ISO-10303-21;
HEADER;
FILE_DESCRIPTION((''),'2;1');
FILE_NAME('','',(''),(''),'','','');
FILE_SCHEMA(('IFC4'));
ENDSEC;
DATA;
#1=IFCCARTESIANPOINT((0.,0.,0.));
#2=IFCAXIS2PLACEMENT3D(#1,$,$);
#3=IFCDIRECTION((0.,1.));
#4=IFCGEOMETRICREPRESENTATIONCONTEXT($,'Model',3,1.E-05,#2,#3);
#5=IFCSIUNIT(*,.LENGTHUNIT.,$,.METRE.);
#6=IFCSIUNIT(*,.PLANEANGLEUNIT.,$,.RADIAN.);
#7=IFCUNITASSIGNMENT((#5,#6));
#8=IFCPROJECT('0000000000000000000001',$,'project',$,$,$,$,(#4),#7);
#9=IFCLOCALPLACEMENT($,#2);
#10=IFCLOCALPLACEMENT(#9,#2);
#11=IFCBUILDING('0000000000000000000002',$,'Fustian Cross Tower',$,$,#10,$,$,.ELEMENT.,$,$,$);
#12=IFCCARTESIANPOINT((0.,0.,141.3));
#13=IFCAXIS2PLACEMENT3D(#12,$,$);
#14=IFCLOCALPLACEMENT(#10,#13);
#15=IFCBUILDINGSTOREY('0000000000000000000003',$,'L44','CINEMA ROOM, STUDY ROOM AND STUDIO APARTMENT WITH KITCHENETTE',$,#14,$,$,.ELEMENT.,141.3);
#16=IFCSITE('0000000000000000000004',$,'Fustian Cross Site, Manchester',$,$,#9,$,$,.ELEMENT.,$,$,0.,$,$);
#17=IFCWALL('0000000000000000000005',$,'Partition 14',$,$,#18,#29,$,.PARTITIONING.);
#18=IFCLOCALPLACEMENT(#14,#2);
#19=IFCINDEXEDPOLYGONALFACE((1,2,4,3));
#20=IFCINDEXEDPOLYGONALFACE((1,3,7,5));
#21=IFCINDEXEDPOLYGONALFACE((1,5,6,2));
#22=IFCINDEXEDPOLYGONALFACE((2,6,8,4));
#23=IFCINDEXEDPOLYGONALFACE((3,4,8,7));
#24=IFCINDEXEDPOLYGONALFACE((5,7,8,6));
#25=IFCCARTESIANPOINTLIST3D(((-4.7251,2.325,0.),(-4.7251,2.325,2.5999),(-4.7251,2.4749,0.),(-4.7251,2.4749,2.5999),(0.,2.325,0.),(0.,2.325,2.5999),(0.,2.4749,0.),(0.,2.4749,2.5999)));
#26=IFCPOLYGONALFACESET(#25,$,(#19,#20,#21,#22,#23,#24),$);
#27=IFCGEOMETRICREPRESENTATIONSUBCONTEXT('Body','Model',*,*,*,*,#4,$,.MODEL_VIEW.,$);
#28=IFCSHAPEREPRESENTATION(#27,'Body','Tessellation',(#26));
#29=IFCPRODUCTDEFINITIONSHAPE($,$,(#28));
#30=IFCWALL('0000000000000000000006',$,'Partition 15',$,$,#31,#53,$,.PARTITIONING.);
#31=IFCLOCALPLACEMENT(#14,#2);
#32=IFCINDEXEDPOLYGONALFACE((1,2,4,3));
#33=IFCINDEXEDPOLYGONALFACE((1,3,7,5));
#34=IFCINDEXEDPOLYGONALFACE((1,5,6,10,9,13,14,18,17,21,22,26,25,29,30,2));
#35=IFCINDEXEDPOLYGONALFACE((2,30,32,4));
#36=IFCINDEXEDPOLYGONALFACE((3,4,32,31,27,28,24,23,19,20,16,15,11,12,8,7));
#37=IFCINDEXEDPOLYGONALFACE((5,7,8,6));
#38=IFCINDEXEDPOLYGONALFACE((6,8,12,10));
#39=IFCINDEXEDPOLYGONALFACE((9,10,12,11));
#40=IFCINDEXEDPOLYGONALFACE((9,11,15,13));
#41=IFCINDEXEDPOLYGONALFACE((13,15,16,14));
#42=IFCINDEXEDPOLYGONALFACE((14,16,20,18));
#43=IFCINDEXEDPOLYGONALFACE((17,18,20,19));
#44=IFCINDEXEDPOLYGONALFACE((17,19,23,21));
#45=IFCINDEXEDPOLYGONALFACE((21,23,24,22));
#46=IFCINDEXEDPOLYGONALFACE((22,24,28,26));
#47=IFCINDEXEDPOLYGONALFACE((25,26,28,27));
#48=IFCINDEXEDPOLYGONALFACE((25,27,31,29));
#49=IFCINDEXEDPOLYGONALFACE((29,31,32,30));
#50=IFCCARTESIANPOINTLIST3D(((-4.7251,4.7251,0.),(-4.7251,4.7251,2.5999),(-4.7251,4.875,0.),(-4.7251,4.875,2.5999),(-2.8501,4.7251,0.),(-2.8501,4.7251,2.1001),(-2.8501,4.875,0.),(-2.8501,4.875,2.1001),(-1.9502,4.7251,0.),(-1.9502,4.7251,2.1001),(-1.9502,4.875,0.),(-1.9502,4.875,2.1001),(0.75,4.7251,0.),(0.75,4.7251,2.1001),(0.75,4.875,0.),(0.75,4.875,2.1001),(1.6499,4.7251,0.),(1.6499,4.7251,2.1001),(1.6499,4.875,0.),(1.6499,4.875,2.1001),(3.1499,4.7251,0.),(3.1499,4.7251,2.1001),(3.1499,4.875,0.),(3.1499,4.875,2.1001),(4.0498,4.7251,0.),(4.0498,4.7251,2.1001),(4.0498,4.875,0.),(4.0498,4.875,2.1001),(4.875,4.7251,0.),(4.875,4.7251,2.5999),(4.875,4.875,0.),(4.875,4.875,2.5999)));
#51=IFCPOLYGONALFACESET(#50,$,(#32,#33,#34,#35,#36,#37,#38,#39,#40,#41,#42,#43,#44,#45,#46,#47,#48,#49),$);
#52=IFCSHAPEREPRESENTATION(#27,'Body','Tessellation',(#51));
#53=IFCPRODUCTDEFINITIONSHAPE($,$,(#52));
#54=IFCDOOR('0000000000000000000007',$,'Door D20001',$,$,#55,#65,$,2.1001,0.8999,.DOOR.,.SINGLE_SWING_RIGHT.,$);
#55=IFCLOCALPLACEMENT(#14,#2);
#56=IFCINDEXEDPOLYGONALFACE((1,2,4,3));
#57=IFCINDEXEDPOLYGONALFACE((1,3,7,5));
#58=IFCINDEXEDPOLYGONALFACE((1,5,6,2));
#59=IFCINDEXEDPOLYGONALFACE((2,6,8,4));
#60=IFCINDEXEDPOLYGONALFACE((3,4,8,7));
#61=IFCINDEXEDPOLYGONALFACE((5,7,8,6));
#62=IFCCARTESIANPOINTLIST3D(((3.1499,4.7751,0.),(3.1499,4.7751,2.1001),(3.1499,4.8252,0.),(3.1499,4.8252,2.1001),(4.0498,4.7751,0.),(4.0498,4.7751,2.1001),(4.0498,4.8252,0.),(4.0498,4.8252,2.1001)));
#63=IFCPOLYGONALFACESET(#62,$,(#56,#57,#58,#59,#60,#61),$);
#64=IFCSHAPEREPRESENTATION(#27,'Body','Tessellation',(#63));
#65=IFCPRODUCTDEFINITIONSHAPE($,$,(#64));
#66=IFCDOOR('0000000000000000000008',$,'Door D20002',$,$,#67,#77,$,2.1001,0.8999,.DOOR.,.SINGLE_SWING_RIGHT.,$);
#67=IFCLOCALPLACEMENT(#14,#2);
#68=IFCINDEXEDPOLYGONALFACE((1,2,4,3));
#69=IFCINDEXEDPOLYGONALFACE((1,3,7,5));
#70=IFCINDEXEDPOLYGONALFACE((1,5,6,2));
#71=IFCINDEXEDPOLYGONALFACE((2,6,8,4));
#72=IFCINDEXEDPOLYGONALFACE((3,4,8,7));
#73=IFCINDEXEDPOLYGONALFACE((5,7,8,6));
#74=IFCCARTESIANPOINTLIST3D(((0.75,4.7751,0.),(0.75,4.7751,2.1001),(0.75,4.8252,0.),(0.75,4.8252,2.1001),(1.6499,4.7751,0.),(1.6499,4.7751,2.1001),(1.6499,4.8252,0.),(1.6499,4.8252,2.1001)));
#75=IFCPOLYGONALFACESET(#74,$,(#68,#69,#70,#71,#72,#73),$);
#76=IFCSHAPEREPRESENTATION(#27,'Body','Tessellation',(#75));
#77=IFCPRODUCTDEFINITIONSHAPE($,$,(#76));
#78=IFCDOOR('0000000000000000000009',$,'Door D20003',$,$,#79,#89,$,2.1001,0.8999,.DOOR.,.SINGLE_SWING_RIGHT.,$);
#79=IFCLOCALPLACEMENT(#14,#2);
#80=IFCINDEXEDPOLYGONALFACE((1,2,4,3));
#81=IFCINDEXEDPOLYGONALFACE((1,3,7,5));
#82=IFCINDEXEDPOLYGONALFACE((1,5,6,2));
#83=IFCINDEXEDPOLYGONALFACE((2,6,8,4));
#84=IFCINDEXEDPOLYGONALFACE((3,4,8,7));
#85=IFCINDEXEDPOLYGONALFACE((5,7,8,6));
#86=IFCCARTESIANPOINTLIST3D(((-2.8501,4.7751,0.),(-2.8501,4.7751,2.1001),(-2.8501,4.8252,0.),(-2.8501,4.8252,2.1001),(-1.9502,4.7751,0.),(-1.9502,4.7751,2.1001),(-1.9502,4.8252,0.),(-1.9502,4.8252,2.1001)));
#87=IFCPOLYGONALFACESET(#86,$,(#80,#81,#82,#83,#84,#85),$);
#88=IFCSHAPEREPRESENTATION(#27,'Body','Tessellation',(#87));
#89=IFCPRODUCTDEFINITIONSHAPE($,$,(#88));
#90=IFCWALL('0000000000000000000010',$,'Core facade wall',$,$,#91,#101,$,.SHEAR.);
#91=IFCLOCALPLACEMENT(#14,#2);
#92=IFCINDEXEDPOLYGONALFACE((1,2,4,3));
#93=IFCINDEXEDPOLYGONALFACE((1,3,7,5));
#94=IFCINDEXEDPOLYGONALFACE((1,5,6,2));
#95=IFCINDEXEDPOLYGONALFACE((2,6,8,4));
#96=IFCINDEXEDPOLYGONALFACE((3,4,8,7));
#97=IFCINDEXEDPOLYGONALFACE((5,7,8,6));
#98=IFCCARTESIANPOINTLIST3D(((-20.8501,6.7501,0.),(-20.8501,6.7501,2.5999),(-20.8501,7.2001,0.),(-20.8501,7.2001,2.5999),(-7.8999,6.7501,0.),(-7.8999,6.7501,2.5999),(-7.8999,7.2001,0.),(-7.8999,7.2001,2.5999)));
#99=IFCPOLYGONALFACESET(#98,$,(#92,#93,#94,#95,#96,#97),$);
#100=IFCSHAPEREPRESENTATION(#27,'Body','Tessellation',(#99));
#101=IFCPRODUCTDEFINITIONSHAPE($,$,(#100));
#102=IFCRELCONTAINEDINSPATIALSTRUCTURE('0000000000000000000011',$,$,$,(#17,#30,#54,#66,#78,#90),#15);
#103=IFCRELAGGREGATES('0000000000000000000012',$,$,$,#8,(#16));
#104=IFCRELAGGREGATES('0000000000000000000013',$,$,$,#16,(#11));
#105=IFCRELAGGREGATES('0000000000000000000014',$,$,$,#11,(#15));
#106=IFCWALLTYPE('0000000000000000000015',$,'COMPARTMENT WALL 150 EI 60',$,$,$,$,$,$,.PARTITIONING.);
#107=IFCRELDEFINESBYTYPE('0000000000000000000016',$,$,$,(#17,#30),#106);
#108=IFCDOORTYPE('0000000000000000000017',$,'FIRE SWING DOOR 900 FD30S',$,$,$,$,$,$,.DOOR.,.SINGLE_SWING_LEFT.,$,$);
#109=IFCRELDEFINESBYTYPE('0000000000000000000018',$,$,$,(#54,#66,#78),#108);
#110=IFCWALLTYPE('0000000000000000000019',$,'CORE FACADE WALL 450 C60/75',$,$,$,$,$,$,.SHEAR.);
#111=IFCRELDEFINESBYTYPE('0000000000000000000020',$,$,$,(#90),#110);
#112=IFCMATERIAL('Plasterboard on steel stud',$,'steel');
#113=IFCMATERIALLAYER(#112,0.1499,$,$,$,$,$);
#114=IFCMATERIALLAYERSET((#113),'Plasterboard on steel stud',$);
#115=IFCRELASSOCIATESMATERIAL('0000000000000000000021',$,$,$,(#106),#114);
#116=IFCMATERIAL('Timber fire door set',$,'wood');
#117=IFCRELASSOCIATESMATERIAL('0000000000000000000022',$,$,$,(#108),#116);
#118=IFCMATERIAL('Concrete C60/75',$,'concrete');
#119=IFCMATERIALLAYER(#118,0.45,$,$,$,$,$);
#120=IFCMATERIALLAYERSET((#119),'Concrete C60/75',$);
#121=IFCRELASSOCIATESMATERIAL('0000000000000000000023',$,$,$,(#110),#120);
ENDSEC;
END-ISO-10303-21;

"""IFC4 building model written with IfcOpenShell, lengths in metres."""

from ifc_helpers import new_model, si_unit, direction, frame, frame_2d, origin, place, context, subcontext, project, spatial, rectangle, extrude, material, layer, layer_set, type_object, element, fill, save


model = new_model("IFC4")

# Units and contexts
model_context = context("Model", 3, precision=1e-05, world=origin(), true_north=direction((0.0, 1.0)))
body_context = subcontext(model_context, "Body", "Model", "MODEL_VIEW")
ifc_project = project(units=[si_unit("LENGTHUNIT", "METRE"), si_unit("PLANEANGLEUNIT", "RADIAN")], contexts=[model_context])

# Site, building, storey
site_placement = place(None, origin())
site = spatial("IfcSite", under=ifc_project, at=site_placement, Name="Fustian Cross Site, Manchester", CompositionType="ELEMENT", RefElevation=0.0)
building_placement = place(site_placement, origin())
building = spatial("IfcBuilding", under=site, at=building_placement, Name="Fustian Cross Tower", CompositionType="ELEMENT")
storey_placement = place(building_placement, frame((0.0, 0.0, 141.3)))
storey = spatial("IfcBuildingStorey", under=building, at=storey_placement, Name="L44", Description="CINEMA ROOM, STUDY ROOM AND STUDIO APARTMENT WITH KITCHENETTE", CompositionType="ELEMENT", Elevation=141.3)

# Wall
ifc_material_1 = material(Name="Plasterboard on steel stud", Category="steel")
ifc_layer_1 = layer(ifc_material_1, 0.1499)
ifc_layer_set_1 = layer_set([ifc_layer_1], Name="Plasterboard on steel stud")
wall_type_1 = type_object("IfcWallType", Name="COMPARTMENT WALL 150 EI 60", PredefinedType="PARTITIONING", material=ifc_layer_set_1)
wall_1_placement = place(storey_placement, frame((-4.7251, 2.3999, 0.0), z_axis=(0.0, 0.0, 1.0), x_axis=(1.0, 0.0, 0.0)))
element("IfcWall", 1, at=wall_1_placement, inside=storey, type_object=wall_type_1, Name="Partition 14", PredefinedType="PARTITIONING", context=body_context, shape_type="SweptSolid", body=[
    extrude(rectangle(XDim=4.7251, YDim=0.1499, at=frame_2d((2.3625, 0.0))), origin(), (0.0, 0.0, 1.0), 2.5999),
])

# Wall, openings, doors
wall_2_placement = place(storey_placement, frame((-4.7251, 4.8, 0.0), z_axis=(0.0, 0.0, 1.0), x_axis=(1.0, 0.0, 0.0)))
wall_2 = element("IfcWall", 2, at=wall_2_placement, inside=storey, type_object=wall_type_1, Name="Partition 15", PredefinedType="PARTITIONING", context=body_context, shape_type="SweptSolid", body=[
    extrude(rectangle(XDim=9.6001, YDim=0.1499, at=frame_2d((4.8, 0.0))), origin(), (0.0, 0.0, 1.0), 2.5999),
])
opening_1_placement = place(wall_2_placement, frame((7.875, 0.0, 0.0)))
opening_1 = element("IfcOpeningElement", 3, at=opening_1_placement, cuts=wall_2, PredefinedType="OPENING", context=body_context, shape_type="SweptSolid", body=[
    extrude(rectangle(XDim=0.8999, YDim=2.1001, at=frame_2d((0.45, 1.05))), frame((0.0, 0.085, 0.0), z_axis=(0.0, -1.0, 0.0), x_axis=(1.0, 0.0, 0.0)), (0.0, 0.0, 1.0), 0.1699),
])
opening_2_placement = place(wall_2_placement, frame((5.4751, 0.0, 0.0)))
opening_2 = element("IfcOpeningElement", 4, at=opening_2_placement, cuts=wall_2, PredefinedType="OPENING", context=body_context, shape_type="SweptSolid", body=[
    extrude(rectangle(XDim=0.8999, YDim=2.1001, at=frame_2d((0.45, 1.05))), frame((0.0, 0.085, 0.0), z_axis=(0.0, -1.0, 0.0), x_axis=(1.0, 0.0, 0.0)), (0.0, 0.0, 1.0), 0.1699),
])
opening_3_placement = place(wall_2_placement, frame((1.875, 0.0, 0.0)))
opening_3 = element("IfcOpeningElement", 5, at=opening_3_placement, cuts=wall_2, PredefinedType="OPENING", context=body_context, shape_type="SweptSolid", body=[
    extrude(rectangle(XDim=0.8999, YDim=2.1001, at=frame_2d((0.45, 1.05))), frame((0.0, 0.085, 0.0), z_axis=(0.0, -1.0, 0.0), x_axis=(1.0, 0.0, 0.0)), (0.0, 0.0, 1.0), 0.1699),
])
ifc_material_2 = material(Name="Timber fire door set", Category="wood")
door_type_1 = type_object("IfcDoorType", Name="FIRE SWING DOOR 900 FD30S", OperationType="SINGLE_SWING_LEFT", PredefinedType="DOOR", material=ifc_material_2)
door_1_placement = place(opening_1_placement, frame((0.8999, 0.0, 0.0), z_axis=(0.0, 0.0, 1.0), x_axis=(-1.0, 0.0, 0.0)))
door_1 = element("IfcDoor", 6, at=door_1_placement, inside=storey, type_object=door_type_1, Name="Door D20001", OperationType="SINGLE_SWING_RIGHT", OverallHeight=2.1001, OverallWidth=0.8999, PredefinedType="DOOR", context=body_context, shape_type="SweptSolid", body=[
    extrude(rectangle(XDim=0.8999, YDim=2.1001, at=frame_2d((0.45, 1.05))), frame((0.0, 0.0249, 0.0), z_axis=(0.0, -1.0, 0.0), x_axis=(1.0, 0.0, 0.0)), (0.0, 0.0, 1.0), 0.05),
])
fill(opening_1, door_1)
door_2_placement = place(opening_2_placement, frame((0.8999, 0.0, 0.0), z_axis=(0.0, 0.0, 1.0), x_axis=(-1.0, 0.0, 0.0)))
door_2 = element("IfcDoor", 7, at=door_2_placement, inside=storey, type_object=door_type_1, Name="Door D20002", OperationType="SINGLE_SWING_RIGHT", OverallHeight=2.1001, OverallWidth=0.8999, PredefinedType="DOOR", context=body_context, shape_type="SweptSolid", body=[
    extrude(rectangle(XDim=0.8999, YDim=2.1001, at=frame_2d((0.45, 1.05))), frame((0.0, 0.0249, 0.0), z_axis=(0.0, -1.0, 0.0), x_axis=(1.0, 0.0, 0.0)), (0.0, 0.0, 1.0), 0.05),
])
fill(opening_2, door_2)
door_3_placement = place(opening_3_placement, frame((0.8999, 0.0, 0.0), z_axis=(0.0, 0.0, 1.0), x_axis=(-1.0, 0.0, 0.0)))
door_3 = element("IfcDoor", 8, at=door_3_placement, inside=storey, type_object=door_type_1, Name="Door D20003", OperationType="SINGLE_SWING_RIGHT", OverallHeight=2.1001, OverallWidth=0.8999, PredefinedType="DOOR", context=body_context, shape_type="SweptSolid", body=[
    extrude(rectangle(XDim=0.8999, YDim=2.1001, at=frame_2d((0.45, 1.05))), frame((0.0, 0.0249, 0.0), z_axis=(0.0, -1.0, 0.0), x_axis=(1.0, 0.0, 0.0)), (0.0, 0.0, 1.0), 0.05),
])
fill(opening_3, door_3)

# Wall
ifc_material_3 = material(Name="Concrete C60/75", Category="concrete")
ifc_layer_2 = layer(ifc_material_3, 0.45)
ifc_layer_set_2 = layer_set([ifc_layer_2], Name="Concrete C60/75")
wall_type_2 = type_object("IfcWallType", Name="CORE FACADE WALL 450 C60/75", PredefinedType="SHEAR", material=ifc_layer_set_2)
wall_3_placement = place(storey_placement, frame((-7.8999, 6.9751, 0.0), z_axis=(0.0, 0.0, 1.0), x_axis=(-1.0, 0.0, 0.0)))
element("IfcWall", 9, at=wall_3_placement, inside=storey, type_object=wall_type_2, Name="Core facade wall", PredefinedType="SHEAR", context=body_context, shape_type="SweptSolid", body=[
    extrude(rectangle(XDim=12.9502, YDim=0.45, at=frame_2d((6.4751, 0.0))), origin(), (0.0, 0.0, 1.0), 2.5999),
])

save(model, "model.ifc")
